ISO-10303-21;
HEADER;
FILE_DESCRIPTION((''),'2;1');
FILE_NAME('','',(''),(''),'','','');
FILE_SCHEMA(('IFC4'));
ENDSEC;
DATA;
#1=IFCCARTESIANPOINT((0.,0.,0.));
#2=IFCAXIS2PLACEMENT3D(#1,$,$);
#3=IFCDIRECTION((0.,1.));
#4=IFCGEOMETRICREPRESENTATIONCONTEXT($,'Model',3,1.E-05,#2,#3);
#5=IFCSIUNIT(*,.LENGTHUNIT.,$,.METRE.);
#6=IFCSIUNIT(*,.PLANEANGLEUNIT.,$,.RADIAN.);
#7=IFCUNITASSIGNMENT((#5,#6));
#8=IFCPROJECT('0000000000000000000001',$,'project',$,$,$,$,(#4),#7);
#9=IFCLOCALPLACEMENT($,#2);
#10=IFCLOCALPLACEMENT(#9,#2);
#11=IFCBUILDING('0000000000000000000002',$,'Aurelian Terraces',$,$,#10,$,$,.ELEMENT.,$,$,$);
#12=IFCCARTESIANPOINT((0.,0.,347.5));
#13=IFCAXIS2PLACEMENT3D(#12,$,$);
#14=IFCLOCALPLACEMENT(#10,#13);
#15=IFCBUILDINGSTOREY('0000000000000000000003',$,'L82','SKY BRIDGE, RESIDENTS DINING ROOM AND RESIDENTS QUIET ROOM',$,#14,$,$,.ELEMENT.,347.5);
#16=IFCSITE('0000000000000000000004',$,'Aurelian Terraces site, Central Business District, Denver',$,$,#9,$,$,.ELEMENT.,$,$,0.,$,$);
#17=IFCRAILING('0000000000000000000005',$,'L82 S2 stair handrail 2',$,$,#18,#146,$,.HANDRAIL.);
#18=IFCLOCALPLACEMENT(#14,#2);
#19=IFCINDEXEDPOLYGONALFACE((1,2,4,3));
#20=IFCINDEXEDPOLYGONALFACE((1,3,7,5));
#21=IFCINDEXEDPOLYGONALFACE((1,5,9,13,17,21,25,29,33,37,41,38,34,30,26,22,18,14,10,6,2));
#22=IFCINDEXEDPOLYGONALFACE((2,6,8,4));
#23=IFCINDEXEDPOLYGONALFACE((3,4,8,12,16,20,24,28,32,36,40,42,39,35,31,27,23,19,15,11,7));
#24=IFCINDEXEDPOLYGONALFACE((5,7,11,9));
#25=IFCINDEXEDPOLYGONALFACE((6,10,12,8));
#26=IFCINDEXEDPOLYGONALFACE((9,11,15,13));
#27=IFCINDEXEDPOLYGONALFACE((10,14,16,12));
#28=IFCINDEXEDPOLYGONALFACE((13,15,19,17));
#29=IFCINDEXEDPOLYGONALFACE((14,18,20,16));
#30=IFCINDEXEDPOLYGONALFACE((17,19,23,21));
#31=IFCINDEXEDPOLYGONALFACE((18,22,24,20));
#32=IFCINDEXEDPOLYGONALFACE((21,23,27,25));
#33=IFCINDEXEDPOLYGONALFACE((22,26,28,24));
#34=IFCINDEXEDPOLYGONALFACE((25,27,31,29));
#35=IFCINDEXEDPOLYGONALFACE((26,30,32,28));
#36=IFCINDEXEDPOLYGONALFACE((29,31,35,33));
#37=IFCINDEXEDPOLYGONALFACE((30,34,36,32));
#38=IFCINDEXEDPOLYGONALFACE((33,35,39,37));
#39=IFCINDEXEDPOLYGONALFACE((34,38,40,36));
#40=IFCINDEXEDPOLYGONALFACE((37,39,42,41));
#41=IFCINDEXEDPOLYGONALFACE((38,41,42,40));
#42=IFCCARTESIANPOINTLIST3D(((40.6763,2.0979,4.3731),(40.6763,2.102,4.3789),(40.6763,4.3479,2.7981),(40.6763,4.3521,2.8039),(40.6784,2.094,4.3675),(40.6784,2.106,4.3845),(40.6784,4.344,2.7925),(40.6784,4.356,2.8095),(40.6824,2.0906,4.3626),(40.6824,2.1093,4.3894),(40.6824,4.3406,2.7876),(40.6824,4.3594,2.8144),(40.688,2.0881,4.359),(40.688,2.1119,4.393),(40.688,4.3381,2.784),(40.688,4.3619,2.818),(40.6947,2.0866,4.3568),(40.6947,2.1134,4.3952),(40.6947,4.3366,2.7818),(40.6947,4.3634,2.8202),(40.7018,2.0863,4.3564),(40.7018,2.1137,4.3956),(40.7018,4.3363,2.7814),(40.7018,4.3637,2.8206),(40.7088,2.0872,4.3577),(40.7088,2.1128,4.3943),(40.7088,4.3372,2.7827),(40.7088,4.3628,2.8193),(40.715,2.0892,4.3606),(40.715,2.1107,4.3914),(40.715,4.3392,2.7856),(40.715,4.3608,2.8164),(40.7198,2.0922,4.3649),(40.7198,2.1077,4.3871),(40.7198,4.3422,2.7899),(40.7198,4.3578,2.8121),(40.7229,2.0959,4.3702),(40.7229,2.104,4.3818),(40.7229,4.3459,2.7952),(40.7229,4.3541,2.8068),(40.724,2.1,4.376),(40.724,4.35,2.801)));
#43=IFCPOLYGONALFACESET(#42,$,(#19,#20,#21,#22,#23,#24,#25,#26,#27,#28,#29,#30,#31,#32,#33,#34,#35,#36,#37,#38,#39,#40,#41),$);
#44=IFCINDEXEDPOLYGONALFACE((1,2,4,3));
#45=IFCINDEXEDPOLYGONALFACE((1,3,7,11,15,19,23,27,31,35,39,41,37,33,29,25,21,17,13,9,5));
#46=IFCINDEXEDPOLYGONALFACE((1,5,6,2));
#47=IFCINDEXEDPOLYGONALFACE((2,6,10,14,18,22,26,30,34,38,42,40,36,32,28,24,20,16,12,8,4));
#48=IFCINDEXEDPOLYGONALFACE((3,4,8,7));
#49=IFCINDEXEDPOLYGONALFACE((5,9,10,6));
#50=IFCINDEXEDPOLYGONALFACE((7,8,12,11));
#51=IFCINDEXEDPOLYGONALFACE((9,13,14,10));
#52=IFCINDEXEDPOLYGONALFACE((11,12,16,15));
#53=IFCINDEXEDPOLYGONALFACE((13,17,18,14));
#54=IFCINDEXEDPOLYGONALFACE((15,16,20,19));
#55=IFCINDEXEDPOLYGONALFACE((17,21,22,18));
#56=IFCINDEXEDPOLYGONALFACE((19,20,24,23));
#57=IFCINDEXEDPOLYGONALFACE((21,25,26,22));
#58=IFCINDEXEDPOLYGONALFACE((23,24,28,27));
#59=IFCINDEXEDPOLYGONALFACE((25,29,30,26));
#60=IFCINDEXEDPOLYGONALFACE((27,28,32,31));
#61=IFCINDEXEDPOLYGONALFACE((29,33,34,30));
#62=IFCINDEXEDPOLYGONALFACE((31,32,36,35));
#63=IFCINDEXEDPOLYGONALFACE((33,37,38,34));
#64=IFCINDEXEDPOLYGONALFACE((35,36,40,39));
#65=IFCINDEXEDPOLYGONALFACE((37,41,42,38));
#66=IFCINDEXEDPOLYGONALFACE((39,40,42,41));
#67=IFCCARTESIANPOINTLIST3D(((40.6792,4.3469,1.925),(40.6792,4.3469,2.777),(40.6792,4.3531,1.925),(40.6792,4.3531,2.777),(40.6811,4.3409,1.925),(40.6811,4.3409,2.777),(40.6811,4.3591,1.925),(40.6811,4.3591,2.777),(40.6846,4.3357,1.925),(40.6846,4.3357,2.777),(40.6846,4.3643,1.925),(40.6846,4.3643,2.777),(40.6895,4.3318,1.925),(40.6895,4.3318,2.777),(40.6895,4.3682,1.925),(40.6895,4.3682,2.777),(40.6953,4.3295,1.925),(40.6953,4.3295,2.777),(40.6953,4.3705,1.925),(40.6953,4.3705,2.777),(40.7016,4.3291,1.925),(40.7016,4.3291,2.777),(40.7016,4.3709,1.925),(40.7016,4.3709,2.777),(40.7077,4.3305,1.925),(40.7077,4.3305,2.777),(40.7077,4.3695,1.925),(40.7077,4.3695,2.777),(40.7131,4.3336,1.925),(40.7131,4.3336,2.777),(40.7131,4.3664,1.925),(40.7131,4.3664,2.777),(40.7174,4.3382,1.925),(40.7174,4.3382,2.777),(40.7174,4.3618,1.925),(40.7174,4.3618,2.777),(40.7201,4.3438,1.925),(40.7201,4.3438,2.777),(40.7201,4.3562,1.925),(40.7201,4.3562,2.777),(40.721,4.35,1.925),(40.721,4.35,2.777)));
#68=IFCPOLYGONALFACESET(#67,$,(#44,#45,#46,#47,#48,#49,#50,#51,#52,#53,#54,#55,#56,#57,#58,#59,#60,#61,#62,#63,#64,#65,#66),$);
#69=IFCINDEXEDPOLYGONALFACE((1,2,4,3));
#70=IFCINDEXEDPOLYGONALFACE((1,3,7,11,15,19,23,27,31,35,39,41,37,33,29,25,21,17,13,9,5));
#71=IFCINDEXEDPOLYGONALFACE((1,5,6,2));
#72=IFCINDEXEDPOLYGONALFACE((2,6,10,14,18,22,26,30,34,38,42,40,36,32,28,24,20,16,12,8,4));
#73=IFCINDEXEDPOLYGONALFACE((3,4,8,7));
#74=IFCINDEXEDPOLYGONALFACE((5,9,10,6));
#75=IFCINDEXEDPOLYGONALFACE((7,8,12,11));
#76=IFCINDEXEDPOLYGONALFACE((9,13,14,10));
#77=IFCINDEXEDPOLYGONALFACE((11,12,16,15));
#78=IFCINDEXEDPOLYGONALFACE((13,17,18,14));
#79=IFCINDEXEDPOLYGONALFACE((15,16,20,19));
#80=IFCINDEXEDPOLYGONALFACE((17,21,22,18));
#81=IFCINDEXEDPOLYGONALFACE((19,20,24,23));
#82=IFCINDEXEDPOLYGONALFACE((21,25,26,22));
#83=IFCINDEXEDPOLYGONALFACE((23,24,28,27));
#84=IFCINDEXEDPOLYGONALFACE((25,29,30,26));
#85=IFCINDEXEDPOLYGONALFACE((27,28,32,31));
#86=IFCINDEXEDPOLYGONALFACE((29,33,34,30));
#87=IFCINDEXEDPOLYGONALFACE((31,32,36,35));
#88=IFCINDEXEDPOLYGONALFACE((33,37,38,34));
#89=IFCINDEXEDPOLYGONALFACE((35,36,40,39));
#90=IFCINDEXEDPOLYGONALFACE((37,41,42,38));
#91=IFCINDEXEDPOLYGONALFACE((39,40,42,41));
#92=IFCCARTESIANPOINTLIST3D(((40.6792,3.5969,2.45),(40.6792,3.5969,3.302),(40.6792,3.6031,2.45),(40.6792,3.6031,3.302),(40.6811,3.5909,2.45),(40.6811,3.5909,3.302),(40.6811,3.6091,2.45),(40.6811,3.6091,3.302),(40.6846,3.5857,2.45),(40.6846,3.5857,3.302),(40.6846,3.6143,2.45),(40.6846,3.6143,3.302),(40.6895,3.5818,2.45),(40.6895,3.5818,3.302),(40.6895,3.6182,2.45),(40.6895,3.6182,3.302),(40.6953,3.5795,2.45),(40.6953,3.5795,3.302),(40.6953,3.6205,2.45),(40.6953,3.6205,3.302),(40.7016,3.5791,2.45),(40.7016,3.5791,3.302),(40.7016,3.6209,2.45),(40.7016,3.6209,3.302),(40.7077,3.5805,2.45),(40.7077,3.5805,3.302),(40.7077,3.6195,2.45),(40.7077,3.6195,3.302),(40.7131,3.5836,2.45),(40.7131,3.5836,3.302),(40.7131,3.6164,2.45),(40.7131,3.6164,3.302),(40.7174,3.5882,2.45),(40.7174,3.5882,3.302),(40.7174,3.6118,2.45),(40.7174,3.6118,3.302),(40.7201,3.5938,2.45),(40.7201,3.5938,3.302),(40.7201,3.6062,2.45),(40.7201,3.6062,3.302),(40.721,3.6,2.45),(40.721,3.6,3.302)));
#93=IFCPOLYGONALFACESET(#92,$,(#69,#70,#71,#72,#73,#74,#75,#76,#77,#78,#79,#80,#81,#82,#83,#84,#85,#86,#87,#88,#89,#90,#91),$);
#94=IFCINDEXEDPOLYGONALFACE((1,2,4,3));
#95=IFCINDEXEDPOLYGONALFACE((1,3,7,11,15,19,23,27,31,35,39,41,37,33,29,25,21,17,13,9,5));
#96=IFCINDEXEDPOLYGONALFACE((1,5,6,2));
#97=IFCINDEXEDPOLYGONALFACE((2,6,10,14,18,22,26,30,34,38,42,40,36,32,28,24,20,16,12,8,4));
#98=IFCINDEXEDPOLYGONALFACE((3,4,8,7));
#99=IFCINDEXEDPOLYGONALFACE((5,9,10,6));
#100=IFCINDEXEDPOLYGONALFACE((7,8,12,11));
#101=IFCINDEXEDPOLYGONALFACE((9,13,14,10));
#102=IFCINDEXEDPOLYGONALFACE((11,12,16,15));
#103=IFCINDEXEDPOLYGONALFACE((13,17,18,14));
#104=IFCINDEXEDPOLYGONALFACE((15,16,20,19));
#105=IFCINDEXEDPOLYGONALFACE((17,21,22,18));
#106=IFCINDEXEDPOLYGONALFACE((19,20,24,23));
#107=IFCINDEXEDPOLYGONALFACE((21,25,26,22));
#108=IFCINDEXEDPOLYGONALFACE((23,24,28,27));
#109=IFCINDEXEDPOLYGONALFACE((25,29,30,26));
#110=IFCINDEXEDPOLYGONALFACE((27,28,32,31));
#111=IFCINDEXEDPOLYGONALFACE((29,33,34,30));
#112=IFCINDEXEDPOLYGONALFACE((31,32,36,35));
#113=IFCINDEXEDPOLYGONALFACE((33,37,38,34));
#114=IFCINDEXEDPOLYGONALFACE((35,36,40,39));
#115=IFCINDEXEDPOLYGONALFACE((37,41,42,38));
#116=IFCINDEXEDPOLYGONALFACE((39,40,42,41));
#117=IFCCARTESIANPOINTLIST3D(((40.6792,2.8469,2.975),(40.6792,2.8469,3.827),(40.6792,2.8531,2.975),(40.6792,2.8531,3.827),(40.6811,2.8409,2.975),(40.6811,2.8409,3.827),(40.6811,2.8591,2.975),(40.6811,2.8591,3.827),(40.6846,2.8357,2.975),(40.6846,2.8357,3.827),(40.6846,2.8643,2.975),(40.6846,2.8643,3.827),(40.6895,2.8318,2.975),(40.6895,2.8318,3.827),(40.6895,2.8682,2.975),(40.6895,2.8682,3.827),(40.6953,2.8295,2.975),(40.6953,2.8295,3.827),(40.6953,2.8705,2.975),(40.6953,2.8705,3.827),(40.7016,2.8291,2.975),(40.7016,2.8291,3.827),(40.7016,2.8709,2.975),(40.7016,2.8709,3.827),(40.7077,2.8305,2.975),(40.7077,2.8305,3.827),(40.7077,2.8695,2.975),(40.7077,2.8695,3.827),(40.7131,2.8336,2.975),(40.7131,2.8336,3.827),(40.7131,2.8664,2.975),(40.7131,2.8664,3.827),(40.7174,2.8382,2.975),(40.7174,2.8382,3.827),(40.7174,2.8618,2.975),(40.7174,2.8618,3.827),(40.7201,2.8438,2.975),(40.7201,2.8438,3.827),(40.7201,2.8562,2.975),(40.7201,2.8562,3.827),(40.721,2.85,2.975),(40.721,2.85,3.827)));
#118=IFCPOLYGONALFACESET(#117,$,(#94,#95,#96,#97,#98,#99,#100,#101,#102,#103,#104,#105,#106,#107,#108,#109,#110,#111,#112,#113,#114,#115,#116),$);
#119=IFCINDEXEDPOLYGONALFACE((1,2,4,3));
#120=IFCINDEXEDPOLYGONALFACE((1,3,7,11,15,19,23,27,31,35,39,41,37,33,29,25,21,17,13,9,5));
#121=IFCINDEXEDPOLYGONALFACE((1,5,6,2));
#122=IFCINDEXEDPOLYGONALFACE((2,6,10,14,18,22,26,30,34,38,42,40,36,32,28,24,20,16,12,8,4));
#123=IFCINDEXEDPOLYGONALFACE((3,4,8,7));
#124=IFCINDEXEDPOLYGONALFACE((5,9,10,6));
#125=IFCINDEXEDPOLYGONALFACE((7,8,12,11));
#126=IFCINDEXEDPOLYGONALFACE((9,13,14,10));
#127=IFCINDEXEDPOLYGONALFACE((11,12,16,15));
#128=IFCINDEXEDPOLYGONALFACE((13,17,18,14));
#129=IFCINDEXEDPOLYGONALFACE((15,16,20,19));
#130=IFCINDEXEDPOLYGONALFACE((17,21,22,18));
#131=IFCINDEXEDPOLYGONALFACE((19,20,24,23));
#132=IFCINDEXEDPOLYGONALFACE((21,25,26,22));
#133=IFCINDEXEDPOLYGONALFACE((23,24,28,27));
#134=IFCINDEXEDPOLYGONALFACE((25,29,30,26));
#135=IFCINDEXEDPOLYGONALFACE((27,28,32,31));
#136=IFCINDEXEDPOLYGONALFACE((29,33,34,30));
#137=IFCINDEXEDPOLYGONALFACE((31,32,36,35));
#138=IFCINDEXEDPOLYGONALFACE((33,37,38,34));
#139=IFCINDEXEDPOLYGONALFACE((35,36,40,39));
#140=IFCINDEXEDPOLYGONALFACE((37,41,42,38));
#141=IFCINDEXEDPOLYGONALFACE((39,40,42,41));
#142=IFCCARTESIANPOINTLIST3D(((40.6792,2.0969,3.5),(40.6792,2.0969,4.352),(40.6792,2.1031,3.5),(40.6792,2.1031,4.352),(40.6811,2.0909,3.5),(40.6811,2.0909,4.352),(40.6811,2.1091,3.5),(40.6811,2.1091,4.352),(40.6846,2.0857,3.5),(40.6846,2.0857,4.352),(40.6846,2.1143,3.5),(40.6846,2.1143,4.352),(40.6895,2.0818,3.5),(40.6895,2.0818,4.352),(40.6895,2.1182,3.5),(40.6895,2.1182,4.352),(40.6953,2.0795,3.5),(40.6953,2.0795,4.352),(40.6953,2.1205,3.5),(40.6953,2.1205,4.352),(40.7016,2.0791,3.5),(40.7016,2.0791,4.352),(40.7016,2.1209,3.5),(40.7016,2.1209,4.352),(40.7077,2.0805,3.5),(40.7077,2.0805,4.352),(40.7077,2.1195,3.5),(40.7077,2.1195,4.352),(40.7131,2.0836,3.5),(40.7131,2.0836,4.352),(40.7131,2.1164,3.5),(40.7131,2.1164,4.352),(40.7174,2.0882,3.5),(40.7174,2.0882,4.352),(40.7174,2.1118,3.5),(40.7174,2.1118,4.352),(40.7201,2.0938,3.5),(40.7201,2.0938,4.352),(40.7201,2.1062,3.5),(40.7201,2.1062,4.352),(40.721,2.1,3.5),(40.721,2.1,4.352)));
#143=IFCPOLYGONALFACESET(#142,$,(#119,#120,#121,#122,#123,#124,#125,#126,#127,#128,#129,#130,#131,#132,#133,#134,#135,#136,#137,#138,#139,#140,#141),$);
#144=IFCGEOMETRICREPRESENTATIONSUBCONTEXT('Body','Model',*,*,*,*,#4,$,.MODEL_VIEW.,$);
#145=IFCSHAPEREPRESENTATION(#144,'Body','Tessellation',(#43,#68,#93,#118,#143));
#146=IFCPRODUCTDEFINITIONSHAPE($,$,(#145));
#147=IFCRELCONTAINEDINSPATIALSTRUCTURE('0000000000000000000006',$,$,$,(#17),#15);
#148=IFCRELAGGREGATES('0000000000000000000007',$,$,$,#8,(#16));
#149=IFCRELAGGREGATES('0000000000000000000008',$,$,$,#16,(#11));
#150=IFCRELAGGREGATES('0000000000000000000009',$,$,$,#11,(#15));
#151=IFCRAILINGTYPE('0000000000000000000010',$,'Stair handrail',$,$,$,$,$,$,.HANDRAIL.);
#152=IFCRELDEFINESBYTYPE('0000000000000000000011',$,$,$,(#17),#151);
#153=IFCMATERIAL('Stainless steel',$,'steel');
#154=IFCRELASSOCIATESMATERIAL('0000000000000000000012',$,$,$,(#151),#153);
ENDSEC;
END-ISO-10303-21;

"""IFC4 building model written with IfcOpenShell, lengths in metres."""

from ifc_helpers import new_model, si_unit, direction, frame, origin, origin_2d, place, context, subcontext, project, spatial, circle, extrude, source, transform, mapped, material, type_object, element, save


model = new_model("IFC4")

# Units and contexts
model_context = context("Model", 3, precision=1e-05, world=origin(), true_north=direction((0.0, 1.0)))
body_context = subcontext(model_context, "Body", "Model", "MODEL_VIEW")
ifc_project = project(units=[si_unit("LENGTHUNIT", "METRE"), si_unit("PLANEANGLEUNIT", "RADIAN")], contexts=[model_context])

# Site, building, storey
site_placement = place(None, origin())
site = spatial("IfcSite", under=ifc_project, at=site_placement, Name="Aurelian Terraces site, Central Business District, Denver", CompositionType="ELEMENT", RefElevation=0.0)
building_placement = place(site_placement, origin())
building = spatial("IfcBuilding", under=site, at=building_placement, Name="Aurelian Terraces", CompositionType="ELEMENT")
storey_placement = place(building_placement, frame((0.0, 0.0, 347.5)))
storey = spatial("IfcBuildingStorey", under=building, at=storey_placement, Name="L82", Description="SKY BRIDGE, RESIDENTS DINING ROOM AND RESIDENTS QUIET ROOM", CompositionType="ELEMENT", Elevation=347.5)

# Railing
ifc_material_1 = material(Name="Stainless steel", Category="steel")
railing_type_1 = type_object("IfcRailingType", Name="Stair handrail", PredefinedType="HANDRAIL", material=ifc_material_1)
shared_shape_1 = source(origin(), body_context, "Body", "SweptSolid", [
    extrude(circle(Radius=0.024, at=origin_2d()), frame((0.0, 0.0, 0.876), z_axis=(0.0, -0.819232, 0.573462), x_axis=(1.0, 0.0, 0.0)), (0.0, 0.0, 1.0), 2.7465),
    extrude(circle(Radius=0.021, at=origin_2d()), origin(), (0.0, 0.0, 1.0), 0.852),
    extrude(circle(Radius=0.021, at=origin_2d()), frame((0.0, -0.75, 0.525)), (0.0, 0.0, 1.0), 0.852),
    extrude(circle(Radius=0.021, at=origin_2d()), frame((0.0, -1.5, 1.05)), (0.0, 0.0, 1.0), 0.852),
    extrude(circle(Radius=0.021, at=origin_2d()), frame((0.0, -2.25, 1.575)), (0.0, 0.0, 1.0), 0.852),
])
railing_1_placement = place(storey_placement, frame((40.7, 4.35, 1.925)))
element("IfcRailing", 1, at=railing_1_placement, inside=storey, type_object=railing_type_1, Name="L82 S2 stair handrail 2", PredefinedType="HANDRAIL", context=body_context, shape_type="MappedRepresentation", body=[
    mapped(shared_shape_1, transform((0.0, 0.0, 0.0), scale=1.0)),
])

save(model, "model.ifc")
